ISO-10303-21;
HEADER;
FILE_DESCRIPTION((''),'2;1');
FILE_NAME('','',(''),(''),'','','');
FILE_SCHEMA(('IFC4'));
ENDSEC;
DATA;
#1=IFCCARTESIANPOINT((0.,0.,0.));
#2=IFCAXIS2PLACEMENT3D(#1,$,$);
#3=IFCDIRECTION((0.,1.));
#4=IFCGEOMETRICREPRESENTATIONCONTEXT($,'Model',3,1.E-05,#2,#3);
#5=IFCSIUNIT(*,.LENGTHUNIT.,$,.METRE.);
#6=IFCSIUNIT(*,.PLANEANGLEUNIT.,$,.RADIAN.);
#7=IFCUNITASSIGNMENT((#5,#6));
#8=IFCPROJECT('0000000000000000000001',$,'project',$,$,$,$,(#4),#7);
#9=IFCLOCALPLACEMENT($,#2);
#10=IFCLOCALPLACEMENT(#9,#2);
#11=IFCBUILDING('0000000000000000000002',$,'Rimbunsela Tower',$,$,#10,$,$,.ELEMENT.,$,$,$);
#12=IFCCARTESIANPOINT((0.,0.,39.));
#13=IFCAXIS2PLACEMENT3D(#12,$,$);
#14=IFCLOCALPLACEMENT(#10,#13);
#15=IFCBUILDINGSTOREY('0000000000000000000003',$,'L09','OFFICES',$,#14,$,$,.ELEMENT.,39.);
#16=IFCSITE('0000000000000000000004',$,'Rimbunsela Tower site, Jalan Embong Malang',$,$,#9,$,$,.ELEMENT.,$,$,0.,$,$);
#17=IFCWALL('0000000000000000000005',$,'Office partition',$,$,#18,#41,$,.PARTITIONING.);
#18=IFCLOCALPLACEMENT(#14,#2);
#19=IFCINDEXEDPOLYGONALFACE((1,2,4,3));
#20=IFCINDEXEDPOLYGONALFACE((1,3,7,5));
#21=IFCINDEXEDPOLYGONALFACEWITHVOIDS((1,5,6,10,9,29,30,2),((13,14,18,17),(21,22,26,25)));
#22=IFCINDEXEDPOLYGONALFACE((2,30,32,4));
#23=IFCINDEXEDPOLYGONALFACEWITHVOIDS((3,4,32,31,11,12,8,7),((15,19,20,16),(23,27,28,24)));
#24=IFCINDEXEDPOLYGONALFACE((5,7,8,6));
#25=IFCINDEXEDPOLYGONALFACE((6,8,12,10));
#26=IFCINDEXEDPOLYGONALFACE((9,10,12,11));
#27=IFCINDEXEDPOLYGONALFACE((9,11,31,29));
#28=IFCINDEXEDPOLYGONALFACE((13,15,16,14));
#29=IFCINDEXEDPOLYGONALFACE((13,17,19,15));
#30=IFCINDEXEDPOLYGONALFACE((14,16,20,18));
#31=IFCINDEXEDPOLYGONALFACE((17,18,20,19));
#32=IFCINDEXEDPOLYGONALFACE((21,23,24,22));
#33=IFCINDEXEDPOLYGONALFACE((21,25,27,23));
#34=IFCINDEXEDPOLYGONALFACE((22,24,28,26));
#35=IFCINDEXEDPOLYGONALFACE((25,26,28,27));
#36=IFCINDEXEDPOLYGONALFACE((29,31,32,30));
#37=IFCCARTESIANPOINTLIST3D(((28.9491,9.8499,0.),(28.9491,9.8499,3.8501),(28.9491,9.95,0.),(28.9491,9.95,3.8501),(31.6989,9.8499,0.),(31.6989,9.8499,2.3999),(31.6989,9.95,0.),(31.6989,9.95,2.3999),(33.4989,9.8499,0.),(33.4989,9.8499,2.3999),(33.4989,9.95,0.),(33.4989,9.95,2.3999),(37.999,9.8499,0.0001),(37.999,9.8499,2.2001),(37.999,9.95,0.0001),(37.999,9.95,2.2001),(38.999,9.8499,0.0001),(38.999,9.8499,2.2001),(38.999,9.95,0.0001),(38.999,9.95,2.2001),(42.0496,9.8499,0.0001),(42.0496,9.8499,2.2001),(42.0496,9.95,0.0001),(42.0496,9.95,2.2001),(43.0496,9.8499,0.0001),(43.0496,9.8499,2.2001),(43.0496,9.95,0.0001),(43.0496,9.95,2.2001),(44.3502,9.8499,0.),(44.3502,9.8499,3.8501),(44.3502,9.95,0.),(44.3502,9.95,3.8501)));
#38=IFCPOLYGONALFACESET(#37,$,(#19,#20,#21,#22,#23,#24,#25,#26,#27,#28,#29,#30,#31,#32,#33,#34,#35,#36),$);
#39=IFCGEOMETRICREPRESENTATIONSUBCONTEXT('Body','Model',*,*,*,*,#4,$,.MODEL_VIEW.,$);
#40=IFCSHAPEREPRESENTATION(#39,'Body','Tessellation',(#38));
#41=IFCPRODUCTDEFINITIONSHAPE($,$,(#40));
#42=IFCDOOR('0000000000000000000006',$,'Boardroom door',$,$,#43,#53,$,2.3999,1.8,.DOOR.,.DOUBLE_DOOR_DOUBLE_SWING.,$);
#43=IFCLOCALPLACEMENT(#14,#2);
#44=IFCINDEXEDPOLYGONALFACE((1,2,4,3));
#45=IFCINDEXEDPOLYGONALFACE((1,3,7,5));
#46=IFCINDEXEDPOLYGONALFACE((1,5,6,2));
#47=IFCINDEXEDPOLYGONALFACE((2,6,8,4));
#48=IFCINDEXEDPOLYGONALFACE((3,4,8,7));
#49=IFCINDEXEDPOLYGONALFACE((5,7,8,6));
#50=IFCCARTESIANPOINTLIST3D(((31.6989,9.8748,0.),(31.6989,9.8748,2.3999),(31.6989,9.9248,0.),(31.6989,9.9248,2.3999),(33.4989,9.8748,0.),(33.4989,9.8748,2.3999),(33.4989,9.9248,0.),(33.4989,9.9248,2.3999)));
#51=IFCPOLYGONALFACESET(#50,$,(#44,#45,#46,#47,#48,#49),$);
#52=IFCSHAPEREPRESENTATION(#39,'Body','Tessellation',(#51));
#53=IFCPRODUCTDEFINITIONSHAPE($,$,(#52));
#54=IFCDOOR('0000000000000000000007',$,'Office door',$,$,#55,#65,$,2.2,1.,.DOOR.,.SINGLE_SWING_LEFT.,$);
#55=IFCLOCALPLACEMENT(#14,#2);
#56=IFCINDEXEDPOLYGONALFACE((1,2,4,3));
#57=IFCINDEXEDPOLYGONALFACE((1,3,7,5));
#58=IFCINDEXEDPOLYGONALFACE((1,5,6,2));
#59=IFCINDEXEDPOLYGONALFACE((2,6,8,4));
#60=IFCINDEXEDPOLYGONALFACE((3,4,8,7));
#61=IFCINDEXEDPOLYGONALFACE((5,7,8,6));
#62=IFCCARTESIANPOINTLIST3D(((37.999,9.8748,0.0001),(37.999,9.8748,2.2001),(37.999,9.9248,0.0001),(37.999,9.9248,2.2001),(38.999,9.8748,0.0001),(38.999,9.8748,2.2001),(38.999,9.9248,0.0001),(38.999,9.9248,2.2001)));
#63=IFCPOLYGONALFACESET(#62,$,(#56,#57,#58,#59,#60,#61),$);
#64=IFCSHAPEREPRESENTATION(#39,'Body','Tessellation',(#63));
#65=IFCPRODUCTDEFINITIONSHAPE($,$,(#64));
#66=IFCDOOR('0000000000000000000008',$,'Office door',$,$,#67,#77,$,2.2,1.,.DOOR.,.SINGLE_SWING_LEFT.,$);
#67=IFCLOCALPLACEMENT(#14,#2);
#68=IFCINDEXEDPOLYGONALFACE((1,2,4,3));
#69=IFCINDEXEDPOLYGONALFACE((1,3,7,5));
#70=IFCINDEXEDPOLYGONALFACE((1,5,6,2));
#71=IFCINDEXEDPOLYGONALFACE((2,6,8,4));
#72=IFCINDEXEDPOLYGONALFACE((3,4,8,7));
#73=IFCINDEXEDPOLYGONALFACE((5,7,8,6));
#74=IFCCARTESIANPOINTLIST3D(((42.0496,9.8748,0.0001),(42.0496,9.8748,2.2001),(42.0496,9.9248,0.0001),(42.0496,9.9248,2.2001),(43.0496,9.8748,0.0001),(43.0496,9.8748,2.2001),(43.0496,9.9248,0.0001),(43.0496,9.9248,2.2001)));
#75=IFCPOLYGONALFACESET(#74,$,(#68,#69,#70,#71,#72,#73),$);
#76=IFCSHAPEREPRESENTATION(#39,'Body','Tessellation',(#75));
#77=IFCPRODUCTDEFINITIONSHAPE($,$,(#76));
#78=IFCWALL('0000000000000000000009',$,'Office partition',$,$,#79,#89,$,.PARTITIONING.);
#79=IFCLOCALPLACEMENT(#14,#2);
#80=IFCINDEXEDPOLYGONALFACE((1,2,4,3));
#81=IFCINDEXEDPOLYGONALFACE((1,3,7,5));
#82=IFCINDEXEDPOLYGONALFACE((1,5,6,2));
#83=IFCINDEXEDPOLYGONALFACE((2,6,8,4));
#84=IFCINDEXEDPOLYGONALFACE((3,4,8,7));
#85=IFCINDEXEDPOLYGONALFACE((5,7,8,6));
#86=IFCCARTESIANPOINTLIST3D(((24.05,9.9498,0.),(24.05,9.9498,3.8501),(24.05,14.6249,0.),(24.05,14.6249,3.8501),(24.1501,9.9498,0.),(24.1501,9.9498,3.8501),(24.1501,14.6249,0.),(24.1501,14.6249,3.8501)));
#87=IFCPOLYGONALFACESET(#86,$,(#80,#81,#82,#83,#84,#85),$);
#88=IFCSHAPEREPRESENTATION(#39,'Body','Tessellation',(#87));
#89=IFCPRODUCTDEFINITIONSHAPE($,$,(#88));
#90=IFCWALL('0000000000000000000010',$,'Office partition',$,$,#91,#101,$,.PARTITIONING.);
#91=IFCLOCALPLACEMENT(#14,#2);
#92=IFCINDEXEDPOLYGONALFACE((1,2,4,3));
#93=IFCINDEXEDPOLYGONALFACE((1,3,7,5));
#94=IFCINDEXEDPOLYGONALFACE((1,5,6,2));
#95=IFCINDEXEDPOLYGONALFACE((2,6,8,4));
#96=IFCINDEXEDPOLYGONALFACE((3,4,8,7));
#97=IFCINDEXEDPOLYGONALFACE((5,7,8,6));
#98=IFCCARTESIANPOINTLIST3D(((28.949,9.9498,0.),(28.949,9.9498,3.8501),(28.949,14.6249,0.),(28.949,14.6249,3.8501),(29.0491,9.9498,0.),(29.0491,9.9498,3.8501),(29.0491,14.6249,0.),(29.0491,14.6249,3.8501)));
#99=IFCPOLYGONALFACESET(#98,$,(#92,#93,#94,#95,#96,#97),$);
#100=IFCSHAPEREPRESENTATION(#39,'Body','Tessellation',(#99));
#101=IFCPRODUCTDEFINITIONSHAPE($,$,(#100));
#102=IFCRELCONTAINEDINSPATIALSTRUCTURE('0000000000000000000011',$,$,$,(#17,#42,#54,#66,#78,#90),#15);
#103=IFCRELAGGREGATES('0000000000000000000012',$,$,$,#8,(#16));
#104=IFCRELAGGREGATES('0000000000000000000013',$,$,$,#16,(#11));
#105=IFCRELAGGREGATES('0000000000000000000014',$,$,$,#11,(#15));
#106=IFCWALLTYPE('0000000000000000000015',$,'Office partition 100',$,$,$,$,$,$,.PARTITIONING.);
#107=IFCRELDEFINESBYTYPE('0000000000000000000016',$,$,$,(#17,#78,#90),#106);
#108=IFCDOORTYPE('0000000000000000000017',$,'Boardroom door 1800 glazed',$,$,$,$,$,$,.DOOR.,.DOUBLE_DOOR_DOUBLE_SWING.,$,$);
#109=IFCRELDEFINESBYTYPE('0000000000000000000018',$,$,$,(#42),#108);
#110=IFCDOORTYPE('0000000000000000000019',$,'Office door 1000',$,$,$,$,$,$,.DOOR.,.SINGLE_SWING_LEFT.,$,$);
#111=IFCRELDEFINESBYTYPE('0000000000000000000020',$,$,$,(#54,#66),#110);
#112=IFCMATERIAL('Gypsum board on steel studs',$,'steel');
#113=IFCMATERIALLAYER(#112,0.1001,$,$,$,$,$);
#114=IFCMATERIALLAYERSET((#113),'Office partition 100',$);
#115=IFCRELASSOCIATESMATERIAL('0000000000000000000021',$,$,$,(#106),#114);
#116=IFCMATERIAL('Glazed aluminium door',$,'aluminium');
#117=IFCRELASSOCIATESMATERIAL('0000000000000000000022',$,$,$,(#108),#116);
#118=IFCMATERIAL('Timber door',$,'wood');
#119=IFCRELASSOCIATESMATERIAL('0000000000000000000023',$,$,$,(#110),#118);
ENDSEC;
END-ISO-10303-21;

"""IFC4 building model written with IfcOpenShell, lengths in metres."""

from ifc_helpers import new_model, si_unit, direction, frame, frame_2d, origin, place, context, subcontext, project, spatial, rectangle, extrude, material, layer, layer_set, type_object, element, fill, save


model = new_model("IFC4")

# Units and contexts
model_context = context("Model", 3, precision=1e-05, world=origin(), true_north=direction((0.0, 1.0)))
body_context = subcontext(model_context, "Body", "Model", "MODEL_VIEW")
ifc_project = project(units=[si_unit("LENGTHUNIT", "METRE"), si_unit("PLANEANGLEUNIT", "RADIAN")], contexts=[model_context])

# Site, building, storey
site_placement = place(None, origin())
site = spatial("IfcSite", under=ifc_project, at=site_placement, Name="Rimbunsela Tower site, Jalan Embong Malang", CompositionType="ELEMENT", RefElevation=0.0)
building_placement = place(site_placement, origin())
building = spatial("IfcBuilding", under=site, at=building_placement, Name="Rimbunsela Tower", CompositionType="ELEMENT")
storey_placement = place(building_placement, frame((0.0, 0.0, 39.0)))
storey = spatial("IfcBuildingStorey", under=building, at=storey_placement, Name="L09", Description="OFFICES", CompositionType="ELEMENT", Elevation=39.0)

# Wall, openings, doors
ifc_material_1 = material(Name="Gypsum board on steel studs", Category="steel")
ifc_layer_1 = layer(ifc_material_1, 0.1001)
ifc_layer_set_1 = layer_set([ifc_layer_1], Name="Office partition 100")
wall_type_1 = type_object("IfcWallType", Name="Office partition 100", PredefinedType="PARTITIONING", material=ifc_layer_set_1)
wall_1_placement = place(storey_placement, frame((28.949, 9.8999, 0.0), z_axis=(0.0, 0.0, 1.0), x_axis=(1.0, 0.0, 0.0)))
wall_1 = element("IfcWall", 1, at=wall_1_placement, inside=storey, type_object=wall_type_1, Name="Office partition", PredefinedType="PARTITIONING", context=body_context, shape_type="SweptSolid", body=[
    extrude(rectangle(XDim=15.4011, YDim=0.1001, at=frame_2d((7.7007, 0.0))), origin(), (0.0, 0.0, 1.0), 3.8501),
])
opening_1_placement = place(wall_1_placement, frame((2.75, 0.0, 0.0)))
opening_1 = element("IfcOpeningElement", 2, at=opening_1_placement, cuts=wall_1, PredefinedType="OPENING", context=body_context, shape_type="SweptSolid", body=[
    extrude(rectangle(XDim=1.8, YDim=2.3999, at=frame_2d((0.8999, 1.2))), frame((0.0, 0.0601, 0.0), z_axis=(0.0, -1.0, 0.0), x_axis=(1.0, 0.0, 0.0)), (0.0, 0.0, 1.0), 0.1201),
])
opening_2_placement = place(wall_1_placement, frame((9.05, 0.0, 0.0)))
opening_2 = element("IfcOpeningElement", 3, at=opening_2_placement, cuts=wall_1, PredefinedType="OPENING", context=body_context, shape_type="SweptSolid", body=[
    extrude(rectangle(XDim=1.0, YDim=2.2, at=frame_2d((0.5, 1.1001))), frame((0.0, 0.0601, 0.0), z_axis=(0.0, -1.0, 0.0), x_axis=(1.0, 0.0, 0.0)), (0.0, 0.0, 1.0), 0.1201),
])
opening_3_placement = place(wall_1_placement, frame((13.1006, 0.0, 0.0)))
opening_3 = element("IfcOpeningElement", 4, at=opening_3_placement, cuts=wall_1, PredefinedType="OPENING", context=body_context, shape_type="SweptSolid", body=[
    extrude(rectangle(XDim=1.0, YDim=2.2, at=frame_2d((0.5, 1.1001))), frame((0.0, 0.0601, 0.0), z_axis=(0.0, -1.0, 0.0), x_axis=(1.0, 0.0, 0.0)), (0.0, 0.0, 1.0), 0.1201),
])
ifc_material_2 = material(Name="Glazed aluminium door", Category="aluminium")
door_type_1 = type_object("IfcDoorType", Name="Boardroom door 1800 glazed", OperationType="DOUBLE_DOOR_DOUBLE_SWING", PredefinedType="DOOR", material=ifc_material_2)
door_1_placement = place(opening_1_placement, origin())
door_1 = element("IfcDoor", 5, at=door_1_placement, inside=storey, type_object=door_type_1, Name="Boardroom door", OperationType="DOUBLE_DOOR_DOUBLE_SWING", OverallHeight=2.3999, OverallWidth=1.8, PredefinedType="DOOR", context=body_context, shape_type="SweptSolid", body=[
    extrude(rectangle(XDim=1.8, YDim=2.3999, at=frame_2d((0.8999, 1.2))), frame((0.0, 0.0249, 0.0), z_axis=(0.0, -1.0, 0.0), x_axis=(1.0, 0.0, 0.0)), (0.0, 0.0, 1.0), 0.05),
])
fill(opening_1, door_1)
ifc_material_3 = material(Name="Timber door", Category="wood")
door_type_2 = type_object("IfcDoorType", Name="Office door 1000", OperationType="SINGLE_SWING_LEFT", PredefinedType="DOOR", material=ifc_material_3)
door_2_placement = place(opening_2_placement, origin())
door_2 = element("IfcDoor", 6, at=door_2_placement, inside=storey, type_object=door_type_2, Name="Office door", OperationType="SINGLE_SWING_LEFT", OverallHeight=2.2, OverallWidth=1.0, PredefinedType="DOOR", context=body_context, shape_type="SweptSolid", body=[
    extrude(rectangle(XDim=1.0, YDim=2.2, at=frame_2d((0.5, 1.1001))), frame((0.0, 0.0249, 0.0), z_axis=(0.0, -1.0, 0.0), x_axis=(1.0, 0.0, 0.0)), (0.0, 0.0, 1.0), 0.05),
])
fill(opening_2, door_2)
door_3_placement = place(opening_3_placement, origin())
door_3 = element("IfcDoor", 7, at=door_3_placement, inside=storey, type_object=door_type_2, Name="Office door", OperationType="SINGLE_SWING_LEFT", OverallHeight=2.2, OverallWidth=1.0, PredefinedType="DOOR", context=body_context, shape_type="SweptSolid", body=[
    extrude(rectangle(XDim=1.0, YDim=2.2, at=frame_2d((0.5, 1.1001))), frame((0.0, 0.0249, 0.0), z_axis=(0.0, -1.0, 0.0), x_axis=(1.0, 0.0, 0.0)), (0.0, 0.0, 1.0), 0.05),
])
fill(opening_3, door_3)

# Walls
for number, where, z_axis, x_axis, name in (
    (8, (24.1001, 9.95, 0.0), (0.0, 0.0, 1.0), (0.0, 1.0, 0.0), "Office partition"),
    (9, (28.999, 9.95, 0.0), (0.0, 0.0, 1.0), (0.0, 1.0, 0.0), "Office partition"),
):
    element("IfcWall", number, at=place(storey_placement, frame(where, z_axis=z_axis, x_axis=x_axis)), inside=storey, type_object=wall_type_1, Name=name, PredefinedType="PARTITIONING", context=body_context, shape_type="SweptSolid", body=[
        extrude(rectangle(XDim=4.675, YDim=0.1001, at=frame_2d((2.3374, 0.0))), origin(), (0.0, 0.0, 1.0), 3.8501),
    ])

save(model, "model.ifc")
